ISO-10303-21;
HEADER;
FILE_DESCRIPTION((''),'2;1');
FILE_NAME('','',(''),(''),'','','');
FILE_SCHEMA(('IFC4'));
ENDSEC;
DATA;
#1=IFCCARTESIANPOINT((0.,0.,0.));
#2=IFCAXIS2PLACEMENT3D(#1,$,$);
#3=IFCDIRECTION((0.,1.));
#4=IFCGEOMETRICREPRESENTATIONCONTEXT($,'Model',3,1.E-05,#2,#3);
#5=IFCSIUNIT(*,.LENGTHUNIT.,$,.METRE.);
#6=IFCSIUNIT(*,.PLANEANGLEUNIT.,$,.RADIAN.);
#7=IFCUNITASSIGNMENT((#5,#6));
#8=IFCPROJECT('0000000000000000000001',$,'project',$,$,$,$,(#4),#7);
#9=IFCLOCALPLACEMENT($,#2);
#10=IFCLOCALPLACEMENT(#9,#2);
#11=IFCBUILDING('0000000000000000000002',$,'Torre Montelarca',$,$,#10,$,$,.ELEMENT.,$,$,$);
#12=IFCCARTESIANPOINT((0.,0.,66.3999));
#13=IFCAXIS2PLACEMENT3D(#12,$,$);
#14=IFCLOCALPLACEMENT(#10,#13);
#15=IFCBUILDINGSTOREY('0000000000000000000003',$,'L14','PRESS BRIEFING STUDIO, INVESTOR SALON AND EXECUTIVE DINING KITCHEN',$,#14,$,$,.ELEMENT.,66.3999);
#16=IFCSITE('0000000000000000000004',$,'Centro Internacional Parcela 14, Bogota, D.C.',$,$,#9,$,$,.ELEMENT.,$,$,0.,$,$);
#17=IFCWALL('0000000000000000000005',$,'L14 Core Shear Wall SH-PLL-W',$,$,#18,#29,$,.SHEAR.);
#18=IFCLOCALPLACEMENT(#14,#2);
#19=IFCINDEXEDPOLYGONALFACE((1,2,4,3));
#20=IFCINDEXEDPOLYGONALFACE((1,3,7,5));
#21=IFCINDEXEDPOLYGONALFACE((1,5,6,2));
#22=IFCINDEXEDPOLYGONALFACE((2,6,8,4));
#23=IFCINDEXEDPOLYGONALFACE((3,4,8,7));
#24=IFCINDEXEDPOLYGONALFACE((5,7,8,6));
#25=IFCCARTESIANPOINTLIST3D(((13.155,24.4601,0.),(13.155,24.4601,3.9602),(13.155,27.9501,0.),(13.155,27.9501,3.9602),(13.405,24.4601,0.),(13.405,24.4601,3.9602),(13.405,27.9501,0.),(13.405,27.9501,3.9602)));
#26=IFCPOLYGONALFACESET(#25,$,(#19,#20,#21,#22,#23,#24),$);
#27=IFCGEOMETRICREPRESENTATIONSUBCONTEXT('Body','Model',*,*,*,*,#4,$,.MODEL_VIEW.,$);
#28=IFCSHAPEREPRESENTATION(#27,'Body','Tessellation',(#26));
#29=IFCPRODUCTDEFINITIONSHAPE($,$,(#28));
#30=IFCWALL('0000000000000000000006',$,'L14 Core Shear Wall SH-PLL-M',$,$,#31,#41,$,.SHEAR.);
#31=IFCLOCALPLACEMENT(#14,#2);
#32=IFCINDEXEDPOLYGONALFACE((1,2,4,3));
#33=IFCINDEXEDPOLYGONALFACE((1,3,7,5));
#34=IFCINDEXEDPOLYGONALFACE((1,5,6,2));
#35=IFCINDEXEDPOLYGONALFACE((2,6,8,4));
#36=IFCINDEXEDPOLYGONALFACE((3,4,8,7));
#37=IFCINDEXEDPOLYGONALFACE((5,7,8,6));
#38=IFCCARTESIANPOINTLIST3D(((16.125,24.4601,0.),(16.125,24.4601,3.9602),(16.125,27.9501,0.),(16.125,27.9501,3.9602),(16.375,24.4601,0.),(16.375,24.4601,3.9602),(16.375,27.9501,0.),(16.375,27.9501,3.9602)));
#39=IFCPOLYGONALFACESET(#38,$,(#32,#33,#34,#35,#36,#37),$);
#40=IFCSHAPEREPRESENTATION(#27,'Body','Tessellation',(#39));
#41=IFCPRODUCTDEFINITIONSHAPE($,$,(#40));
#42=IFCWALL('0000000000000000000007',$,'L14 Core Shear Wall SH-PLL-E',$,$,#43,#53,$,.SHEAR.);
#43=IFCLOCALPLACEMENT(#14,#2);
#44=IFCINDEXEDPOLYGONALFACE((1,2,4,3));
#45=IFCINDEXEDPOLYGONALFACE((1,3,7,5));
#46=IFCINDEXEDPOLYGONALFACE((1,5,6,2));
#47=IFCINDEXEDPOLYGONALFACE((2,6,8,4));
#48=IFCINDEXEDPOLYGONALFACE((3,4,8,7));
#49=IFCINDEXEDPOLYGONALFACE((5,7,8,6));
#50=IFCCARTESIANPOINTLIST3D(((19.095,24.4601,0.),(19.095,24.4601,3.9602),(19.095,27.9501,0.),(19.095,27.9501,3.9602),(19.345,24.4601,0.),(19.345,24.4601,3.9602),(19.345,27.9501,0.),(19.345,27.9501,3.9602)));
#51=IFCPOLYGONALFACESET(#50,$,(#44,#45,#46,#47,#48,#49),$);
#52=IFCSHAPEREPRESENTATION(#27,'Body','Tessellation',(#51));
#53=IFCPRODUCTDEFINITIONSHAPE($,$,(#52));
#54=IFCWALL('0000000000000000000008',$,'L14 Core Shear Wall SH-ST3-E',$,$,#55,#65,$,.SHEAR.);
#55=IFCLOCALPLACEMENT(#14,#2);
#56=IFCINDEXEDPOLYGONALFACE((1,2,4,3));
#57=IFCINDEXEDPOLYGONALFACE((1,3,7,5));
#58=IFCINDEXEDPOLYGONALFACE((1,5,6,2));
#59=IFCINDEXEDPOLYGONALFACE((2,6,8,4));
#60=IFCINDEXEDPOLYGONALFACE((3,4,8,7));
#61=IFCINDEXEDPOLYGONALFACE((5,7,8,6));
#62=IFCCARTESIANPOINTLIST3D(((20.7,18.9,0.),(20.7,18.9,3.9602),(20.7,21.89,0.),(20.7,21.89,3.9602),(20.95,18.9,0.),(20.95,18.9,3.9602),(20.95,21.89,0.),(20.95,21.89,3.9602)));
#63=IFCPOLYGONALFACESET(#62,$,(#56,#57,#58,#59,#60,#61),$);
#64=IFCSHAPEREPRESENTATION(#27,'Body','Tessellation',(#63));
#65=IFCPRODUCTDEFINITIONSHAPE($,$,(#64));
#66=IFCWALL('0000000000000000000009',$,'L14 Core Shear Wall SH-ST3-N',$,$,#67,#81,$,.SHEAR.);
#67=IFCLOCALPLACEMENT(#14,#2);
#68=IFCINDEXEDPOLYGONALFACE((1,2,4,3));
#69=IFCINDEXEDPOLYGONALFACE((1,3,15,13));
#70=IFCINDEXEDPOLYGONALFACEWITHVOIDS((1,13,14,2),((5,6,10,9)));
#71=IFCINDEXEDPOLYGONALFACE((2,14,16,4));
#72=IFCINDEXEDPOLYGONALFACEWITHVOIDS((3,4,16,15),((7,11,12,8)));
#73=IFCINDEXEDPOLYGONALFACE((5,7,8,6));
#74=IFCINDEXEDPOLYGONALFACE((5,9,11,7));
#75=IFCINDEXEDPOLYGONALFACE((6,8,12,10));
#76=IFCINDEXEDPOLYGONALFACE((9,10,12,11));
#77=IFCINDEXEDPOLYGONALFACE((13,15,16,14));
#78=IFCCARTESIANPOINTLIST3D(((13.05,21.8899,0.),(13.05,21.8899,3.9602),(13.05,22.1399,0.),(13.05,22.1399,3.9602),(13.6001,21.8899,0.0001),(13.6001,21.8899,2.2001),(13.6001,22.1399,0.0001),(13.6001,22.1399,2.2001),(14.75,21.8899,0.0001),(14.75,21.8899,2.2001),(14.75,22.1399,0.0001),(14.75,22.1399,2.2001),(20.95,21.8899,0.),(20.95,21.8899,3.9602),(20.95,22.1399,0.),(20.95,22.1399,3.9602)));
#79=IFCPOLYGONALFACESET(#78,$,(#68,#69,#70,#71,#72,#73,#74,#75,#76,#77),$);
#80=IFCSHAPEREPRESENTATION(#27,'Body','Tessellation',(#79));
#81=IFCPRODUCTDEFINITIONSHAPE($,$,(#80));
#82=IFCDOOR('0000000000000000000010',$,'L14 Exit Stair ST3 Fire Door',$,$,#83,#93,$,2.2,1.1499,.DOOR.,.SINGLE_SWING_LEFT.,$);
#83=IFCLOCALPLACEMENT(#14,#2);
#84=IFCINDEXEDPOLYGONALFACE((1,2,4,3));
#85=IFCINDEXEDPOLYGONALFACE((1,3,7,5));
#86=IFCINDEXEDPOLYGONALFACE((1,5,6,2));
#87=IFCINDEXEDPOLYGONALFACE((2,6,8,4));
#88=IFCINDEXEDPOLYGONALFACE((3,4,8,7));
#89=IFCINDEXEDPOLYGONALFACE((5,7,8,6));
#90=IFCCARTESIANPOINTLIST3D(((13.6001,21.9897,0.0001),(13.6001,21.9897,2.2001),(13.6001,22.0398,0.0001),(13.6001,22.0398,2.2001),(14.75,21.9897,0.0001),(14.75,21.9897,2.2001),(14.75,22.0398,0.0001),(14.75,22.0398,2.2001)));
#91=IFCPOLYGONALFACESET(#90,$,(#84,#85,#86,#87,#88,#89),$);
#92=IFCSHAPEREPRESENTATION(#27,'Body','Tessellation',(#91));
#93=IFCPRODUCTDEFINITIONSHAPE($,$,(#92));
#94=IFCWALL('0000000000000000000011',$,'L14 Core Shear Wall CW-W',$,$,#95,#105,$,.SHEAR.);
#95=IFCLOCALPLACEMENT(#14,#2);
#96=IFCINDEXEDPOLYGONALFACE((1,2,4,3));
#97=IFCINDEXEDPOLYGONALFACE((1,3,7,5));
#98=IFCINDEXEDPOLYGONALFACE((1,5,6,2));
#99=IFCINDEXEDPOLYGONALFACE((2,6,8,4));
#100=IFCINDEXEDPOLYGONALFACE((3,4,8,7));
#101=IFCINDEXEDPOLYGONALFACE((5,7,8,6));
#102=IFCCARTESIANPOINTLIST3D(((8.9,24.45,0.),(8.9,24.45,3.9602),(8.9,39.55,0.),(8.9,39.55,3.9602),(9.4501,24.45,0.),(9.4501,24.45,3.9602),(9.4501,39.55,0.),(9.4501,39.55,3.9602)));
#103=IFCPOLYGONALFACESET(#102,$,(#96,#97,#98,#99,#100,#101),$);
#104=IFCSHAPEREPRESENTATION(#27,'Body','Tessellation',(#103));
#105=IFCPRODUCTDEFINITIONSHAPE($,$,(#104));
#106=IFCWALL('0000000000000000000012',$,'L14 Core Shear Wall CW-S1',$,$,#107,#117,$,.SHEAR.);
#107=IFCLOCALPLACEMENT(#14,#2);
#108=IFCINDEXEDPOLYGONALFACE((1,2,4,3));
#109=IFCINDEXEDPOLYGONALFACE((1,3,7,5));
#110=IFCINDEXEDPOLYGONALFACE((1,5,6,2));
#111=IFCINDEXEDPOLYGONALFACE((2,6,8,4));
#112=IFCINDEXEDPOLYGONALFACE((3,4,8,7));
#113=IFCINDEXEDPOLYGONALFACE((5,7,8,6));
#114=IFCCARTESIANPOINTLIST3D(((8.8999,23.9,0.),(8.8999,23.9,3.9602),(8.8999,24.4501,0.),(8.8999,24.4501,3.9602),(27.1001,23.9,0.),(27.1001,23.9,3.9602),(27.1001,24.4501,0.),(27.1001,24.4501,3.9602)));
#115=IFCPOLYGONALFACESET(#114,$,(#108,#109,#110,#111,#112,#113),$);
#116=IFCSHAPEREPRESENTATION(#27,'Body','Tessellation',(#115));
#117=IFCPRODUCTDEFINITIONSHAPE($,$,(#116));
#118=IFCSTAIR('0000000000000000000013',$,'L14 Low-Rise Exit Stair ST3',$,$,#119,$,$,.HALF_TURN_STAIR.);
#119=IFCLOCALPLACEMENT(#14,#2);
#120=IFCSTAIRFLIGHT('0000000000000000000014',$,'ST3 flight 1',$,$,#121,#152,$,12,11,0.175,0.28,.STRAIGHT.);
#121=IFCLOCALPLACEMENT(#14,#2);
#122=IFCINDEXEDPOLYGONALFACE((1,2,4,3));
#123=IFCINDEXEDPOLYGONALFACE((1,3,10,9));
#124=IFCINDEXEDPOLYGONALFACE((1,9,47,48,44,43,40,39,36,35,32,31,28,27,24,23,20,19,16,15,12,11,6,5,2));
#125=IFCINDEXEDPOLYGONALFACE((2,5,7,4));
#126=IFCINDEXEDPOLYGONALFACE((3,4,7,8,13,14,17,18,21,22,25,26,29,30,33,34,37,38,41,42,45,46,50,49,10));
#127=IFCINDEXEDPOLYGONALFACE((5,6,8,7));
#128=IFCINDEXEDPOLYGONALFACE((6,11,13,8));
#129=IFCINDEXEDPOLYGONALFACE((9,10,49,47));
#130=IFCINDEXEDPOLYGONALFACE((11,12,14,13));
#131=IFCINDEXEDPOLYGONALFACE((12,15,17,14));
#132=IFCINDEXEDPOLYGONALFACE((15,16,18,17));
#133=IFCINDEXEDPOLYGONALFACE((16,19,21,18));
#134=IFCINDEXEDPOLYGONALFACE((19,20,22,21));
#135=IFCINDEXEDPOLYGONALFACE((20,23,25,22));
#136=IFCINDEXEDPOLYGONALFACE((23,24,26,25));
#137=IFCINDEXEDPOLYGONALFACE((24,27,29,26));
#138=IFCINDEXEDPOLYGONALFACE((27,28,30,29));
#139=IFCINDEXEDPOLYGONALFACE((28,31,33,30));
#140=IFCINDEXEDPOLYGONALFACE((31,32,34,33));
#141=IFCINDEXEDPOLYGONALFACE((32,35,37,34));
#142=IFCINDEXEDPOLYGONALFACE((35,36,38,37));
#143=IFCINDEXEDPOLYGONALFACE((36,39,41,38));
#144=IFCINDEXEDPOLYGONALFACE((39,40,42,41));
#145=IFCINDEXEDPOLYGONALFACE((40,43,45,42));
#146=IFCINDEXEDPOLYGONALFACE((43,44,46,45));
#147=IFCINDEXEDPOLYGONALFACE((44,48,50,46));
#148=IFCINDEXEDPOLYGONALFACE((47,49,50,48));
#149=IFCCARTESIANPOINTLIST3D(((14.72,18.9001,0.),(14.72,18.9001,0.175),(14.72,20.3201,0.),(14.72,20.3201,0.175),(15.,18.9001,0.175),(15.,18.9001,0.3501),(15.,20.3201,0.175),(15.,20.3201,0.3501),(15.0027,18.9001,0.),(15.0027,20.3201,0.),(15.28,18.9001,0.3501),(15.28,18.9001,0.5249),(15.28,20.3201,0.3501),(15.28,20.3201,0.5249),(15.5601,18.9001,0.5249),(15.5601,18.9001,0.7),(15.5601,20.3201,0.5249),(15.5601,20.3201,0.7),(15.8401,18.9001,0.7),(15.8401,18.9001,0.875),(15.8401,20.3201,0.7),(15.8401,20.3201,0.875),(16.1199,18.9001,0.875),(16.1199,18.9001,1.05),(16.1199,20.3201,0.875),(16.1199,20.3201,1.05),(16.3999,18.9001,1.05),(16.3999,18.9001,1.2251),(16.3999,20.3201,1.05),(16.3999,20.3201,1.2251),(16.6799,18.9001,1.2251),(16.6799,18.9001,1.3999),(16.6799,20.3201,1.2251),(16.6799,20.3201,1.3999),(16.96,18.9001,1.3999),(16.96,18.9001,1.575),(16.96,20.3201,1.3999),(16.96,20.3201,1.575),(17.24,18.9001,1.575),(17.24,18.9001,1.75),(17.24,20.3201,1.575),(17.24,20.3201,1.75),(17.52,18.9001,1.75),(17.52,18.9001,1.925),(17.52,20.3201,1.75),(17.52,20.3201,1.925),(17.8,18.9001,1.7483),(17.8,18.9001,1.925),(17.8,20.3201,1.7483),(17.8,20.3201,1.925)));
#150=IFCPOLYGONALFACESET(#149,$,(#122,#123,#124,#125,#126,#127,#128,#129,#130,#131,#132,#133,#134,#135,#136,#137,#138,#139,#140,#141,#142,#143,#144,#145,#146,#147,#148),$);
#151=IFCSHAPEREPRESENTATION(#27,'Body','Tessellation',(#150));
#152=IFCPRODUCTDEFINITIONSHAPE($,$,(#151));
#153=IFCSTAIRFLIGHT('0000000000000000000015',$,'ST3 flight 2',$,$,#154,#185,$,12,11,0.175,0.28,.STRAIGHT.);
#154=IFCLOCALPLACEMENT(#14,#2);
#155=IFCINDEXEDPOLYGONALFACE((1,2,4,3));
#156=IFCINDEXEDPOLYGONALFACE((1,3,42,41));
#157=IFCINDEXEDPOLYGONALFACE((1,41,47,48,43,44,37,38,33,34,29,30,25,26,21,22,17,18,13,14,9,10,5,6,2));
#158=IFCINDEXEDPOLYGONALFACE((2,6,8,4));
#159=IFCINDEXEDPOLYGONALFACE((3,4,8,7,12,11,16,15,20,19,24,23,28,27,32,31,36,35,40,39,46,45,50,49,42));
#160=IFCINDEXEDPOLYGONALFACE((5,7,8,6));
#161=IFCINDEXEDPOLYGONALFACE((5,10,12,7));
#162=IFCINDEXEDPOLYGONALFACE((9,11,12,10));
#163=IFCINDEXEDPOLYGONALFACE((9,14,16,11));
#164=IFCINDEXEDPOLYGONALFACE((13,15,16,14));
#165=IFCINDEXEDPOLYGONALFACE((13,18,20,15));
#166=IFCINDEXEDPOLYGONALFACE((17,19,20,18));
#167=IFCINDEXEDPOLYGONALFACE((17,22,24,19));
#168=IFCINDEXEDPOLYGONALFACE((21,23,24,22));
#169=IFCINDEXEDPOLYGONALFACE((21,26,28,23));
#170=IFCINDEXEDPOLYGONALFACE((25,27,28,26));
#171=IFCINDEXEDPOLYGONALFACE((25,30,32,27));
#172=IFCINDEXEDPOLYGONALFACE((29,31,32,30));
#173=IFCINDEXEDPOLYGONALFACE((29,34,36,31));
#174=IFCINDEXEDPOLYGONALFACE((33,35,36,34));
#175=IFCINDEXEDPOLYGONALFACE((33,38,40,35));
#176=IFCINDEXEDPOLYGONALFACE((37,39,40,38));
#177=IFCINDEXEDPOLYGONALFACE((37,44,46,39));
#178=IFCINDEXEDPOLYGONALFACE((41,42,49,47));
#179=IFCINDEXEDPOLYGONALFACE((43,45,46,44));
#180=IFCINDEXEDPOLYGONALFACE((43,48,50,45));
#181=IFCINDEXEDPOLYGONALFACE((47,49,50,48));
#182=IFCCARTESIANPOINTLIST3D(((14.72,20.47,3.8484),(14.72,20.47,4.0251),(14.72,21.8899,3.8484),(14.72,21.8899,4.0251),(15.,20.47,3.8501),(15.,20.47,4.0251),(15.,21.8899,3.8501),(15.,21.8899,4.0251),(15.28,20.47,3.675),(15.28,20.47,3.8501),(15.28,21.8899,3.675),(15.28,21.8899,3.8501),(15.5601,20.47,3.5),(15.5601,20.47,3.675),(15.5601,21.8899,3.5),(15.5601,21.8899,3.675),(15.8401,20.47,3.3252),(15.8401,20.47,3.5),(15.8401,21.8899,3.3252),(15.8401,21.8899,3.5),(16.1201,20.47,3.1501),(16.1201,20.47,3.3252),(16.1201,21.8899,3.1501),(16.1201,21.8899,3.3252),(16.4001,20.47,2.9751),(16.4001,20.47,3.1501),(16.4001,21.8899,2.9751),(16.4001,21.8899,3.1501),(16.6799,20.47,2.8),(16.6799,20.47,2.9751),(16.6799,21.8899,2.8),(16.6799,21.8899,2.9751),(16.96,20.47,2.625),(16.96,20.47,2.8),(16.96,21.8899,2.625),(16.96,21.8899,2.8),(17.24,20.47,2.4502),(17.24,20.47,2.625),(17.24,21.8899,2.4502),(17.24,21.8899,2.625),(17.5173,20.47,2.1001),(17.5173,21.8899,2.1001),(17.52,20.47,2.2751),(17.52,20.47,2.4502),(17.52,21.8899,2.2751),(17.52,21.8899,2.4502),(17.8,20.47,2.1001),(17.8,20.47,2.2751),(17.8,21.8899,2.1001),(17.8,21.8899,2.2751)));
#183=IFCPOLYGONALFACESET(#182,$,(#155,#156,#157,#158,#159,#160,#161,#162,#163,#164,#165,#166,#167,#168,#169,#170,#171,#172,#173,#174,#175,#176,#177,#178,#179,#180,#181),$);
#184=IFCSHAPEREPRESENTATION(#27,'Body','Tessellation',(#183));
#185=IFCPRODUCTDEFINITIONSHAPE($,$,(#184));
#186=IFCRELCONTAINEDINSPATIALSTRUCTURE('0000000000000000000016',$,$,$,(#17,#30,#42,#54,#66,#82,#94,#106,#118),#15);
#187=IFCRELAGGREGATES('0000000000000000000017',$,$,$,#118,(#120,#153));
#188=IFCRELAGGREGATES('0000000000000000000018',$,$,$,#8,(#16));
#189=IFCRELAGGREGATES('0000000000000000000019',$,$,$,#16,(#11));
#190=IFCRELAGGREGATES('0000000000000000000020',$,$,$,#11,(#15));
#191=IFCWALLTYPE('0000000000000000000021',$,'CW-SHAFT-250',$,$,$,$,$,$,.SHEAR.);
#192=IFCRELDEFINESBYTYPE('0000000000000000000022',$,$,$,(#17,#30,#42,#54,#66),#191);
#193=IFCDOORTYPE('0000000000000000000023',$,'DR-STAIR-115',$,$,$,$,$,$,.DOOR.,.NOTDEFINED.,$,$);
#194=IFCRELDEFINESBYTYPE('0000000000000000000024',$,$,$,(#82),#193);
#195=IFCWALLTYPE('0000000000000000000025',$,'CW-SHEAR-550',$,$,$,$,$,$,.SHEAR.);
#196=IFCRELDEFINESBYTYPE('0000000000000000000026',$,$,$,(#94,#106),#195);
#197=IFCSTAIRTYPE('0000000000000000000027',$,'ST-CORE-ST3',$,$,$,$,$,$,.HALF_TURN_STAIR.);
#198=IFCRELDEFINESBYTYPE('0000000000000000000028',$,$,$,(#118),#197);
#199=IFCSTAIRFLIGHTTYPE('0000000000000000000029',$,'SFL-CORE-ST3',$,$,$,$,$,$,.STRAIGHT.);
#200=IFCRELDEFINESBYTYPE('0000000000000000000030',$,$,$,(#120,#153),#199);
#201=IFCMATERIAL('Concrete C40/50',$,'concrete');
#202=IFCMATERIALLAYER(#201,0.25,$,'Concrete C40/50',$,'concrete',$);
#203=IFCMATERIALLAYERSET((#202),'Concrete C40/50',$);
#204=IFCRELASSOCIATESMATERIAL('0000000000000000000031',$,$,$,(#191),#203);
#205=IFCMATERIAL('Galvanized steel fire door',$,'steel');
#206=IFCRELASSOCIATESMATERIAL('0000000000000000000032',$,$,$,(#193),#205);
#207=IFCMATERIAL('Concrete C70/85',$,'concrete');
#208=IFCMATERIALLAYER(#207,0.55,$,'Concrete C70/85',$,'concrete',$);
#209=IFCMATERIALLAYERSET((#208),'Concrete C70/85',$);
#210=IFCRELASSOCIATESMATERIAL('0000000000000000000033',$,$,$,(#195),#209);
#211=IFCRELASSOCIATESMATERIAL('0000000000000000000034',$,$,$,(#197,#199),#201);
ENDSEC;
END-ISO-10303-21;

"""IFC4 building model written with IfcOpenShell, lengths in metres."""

from ifc_helpers import new_model, si_unit, direction, frame, frame_2d, origin, place, context, subcontext, project, spatial, polyline, rectangle, outline, extrude, source, transform, mapped, material, layer, layer_set, type_object, element, fill, aggregate, save


model = new_model("IFC4")

# Units and contexts
model_context = context("Model", 3, precision=1e-05, world=origin(), true_north=direction((0.0, 1.0)))
body_context = subcontext(model_context, "Body", "Model", "MODEL_VIEW")
ifc_project = project(units=[si_unit("LENGTHUNIT", "METRE"), si_unit("PLANEANGLEUNIT", "RADIAN")], contexts=[model_context])

# Site, building, storey
site_placement = place(None, origin())
site = spatial("IfcSite", under=ifc_project, at=site_placement, Name="Centro Internacional Parcela 14, Bogota, D.C.", CompositionType="ELEMENT", RefElevation=0.0)
building_placement = place(site_placement, origin())
building = spatial("IfcBuilding", under=site, at=building_placement, Name="Torre Montelarca", CompositionType="ELEMENT")
storey_placement = place(building_placement, frame((0.0, 0.0, 66.3999)))
storey = spatial("IfcBuildingStorey", under=building, at=storey_placement, Name="L14", Description="PRESS BRIEFING STUDIO, INVESTOR SALON AND EXECUTIVE DINING KITCHEN", CompositionType="ELEMENT", Elevation=66.3999)

# Shared definitions
ifc_material_1 = material(Name="Concrete C70/85", Category="concrete")

# Shared definitions
ifc_material_2 = material(Name="Concrete C40/50", Category="concrete")
ifc_layer_1 = layer(ifc_material_2, 0.25, Name="Concrete C40/50", Category="concrete")
ifc_layer_set_1 = layer_set([ifc_layer_1], Name="Concrete C40/50")
wall_type_1 = type_object("IfcWallType", Name="CW-SHAFT-250", PredefinedType="SHEAR", material=ifc_layer_set_1)
ifc_material_3 = material(Name="Galvanized steel fire door", Category="steel")
door_type = type_object("IfcDoorType", Name="DR-STAIR-115", OperationType="NOTDEFINED", PredefinedType="DOOR", material=ifc_material_3)
shared_shape_1 = source(origin(), body_context, "Body", "SweptSolid", [
    extrude(rectangle(XDim=1.1499, YDim=2.2, at=frame_2d((0.575, 1.1001))), frame((0.0, 0.0249, 0.0), z_axis=(0.0, -1.0, 0.0), x_axis=(1.0, 0.0, 0.0)), (0.0, 0.0, 1.0), 0.05),
])

# Walls
for number, where, z_axis, x_axis, name in (
    (1, (13.28, 24.46, 0.0), (0.0, 0.0, 1.0), (0.0, 1.0, 0.0), "L14 Core Shear Wall SH-PLL-W"),
    (2, (16.25, 24.46, 0.0), (0.0, 0.0, 1.0), (0.0, 1.0, 0.0), "L14 Core Shear Wall SH-PLL-M"),
    (3, (19.22, 24.46, 0.0), (0.0, 0.0, 1.0), (0.0, 1.0, 0.0), "L14 Core Shear Wall SH-PLL-E"),
):
    element("IfcWall", number, at=place(storey_placement, frame(where, z_axis=z_axis, x_axis=x_axis)), inside=storey, type_object=wall_type_1, Name=name, PredefinedType="SHEAR", context=body_context, shape_type="SweptSolid", body=[
        extrude(rectangle(XDim=3.49, YDim=0.25, at=frame_2d((1.7451, 0.0))), origin(), (0.0, 0.0, 1.0), 3.9602),
    ])
wall_1_placement = place(storey_placement, frame((20.825, 18.8999, 0.0), z_axis=(0.0, 0.0, 1.0), x_axis=(0.0, 1.0, 0.0)))
element("IfcWall", 4, at=wall_1_placement, inside=storey, type_object=wall_type_1, Name="L14 Core Shear Wall SH-ST3-E", PredefinedType="SHEAR", context=body_context, shape_type="SweptSolid", body=[
    extrude(rectangle(XDim=2.99, YDim=0.25, at=frame_2d((1.4951, 0.0))), origin(), (0.0, 0.0, 1.0), 3.9602),
])

# Wall, opening, door
wall_2_placement = place(storey_placement, frame((13.05, 22.0149, 0.0), z_axis=(0.0, 0.0, 1.0), x_axis=(1.0, 0.0, 0.0)))
wall_2 = element("IfcWall", 5, at=wall_2_placement, inside=storey, type_object=wall_type_1, Name="L14 Core Shear Wall SH-ST3-N", PredefinedType="SHEAR", context=body_context, shape_type="SweptSolid", body=[
    extrude(rectangle(XDim=7.8999, YDim=0.25, at=frame_2d((3.95, 0.0))), origin(), (0.0, 0.0, 1.0), 3.9602),
])
opening_1_placement = place(wall_2_placement, frame((0.55, 0.0, 0.0)))
opening_1 = element("IfcOpeningElement", 6, at=opening_1_placement, cuts=wall_2, PredefinedType="OPENING", context=body_context, shape_type="SweptSolid", body=[
    extrude(rectangle(XDim=1.1499, YDim=2.2, at=frame_2d((0.575, 1.1001))), frame((0.0, 0.135, 0.0), z_axis=(0.0, -1.0, 0.0), x_axis=(1.0, 0.0, 0.0)), (0.0, 0.0, 1.0), 0.27),
])
door_1_placement = place(opening_1_placement, origin())
door_1 = element("IfcDoor", 7, at=door_1_placement, inside=storey, type_object=door_type, Name="L14 Exit Stair ST3 Fire Door", OperationType="SINGLE_SWING_LEFT", OverallHeight=2.2, OverallWidth=1.1499, PredefinedType="DOOR", context=body_context, shape_type="MappedRepresentation", body=[
    mapped(shared_shape_1, transform((0.0, 0.0, 0.0), scale=1.0)),
])
fill(opening_1, door_1)

# Walls
ifc_layer_2 = layer(ifc_material_1, 0.55, Name="Concrete C70/85", Category="concrete")
ifc_layer_set_2 = layer_set([ifc_layer_2], Name="Concrete C70/85")
wall_type_2 = type_object("IfcWallType", Name="CW-SHEAR-550", PredefinedType="SHEAR", material=ifc_layer_set_2)
wall_3_placement = place(storey_placement, frame((9.175, 24.45, 0.0), z_axis=(0.0, 0.0, 1.0), x_axis=(0.0, 1.0, 0.0)))
element("IfcWall", 8, at=wall_3_placement, inside=storey, type_object=wall_type_2, Name="L14 Core Shear Wall CW-W", PredefinedType="SHEAR", context=body_context, shape_type="SweptSolid", body=[
    extrude(rectangle(XDim=15.1001, YDim=0.55, at=frame_2d((7.55, 0.0))), origin(), (0.0, 0.0, 1.0), 3.9602),
])
wall_4_placement = place(storey_placement, frame((8.8999, 24.175, 0.0), z_axis=(0.0, 0.0, 1.0), x_axis=(1.0, 0.0, 0.0)))
element("IfcWall", 9, at=wall_4_placement, inside=storey, type_object=wall_type_2, Name="L14 Core Shear Wall CW-S1", PredefinedType="SHEAR", context=body_context, shape_type="SweptSolid", body=[
    extrude(rectangle(XDim=18.2002, YDim=0.55, at=frame_2d((9.1001, 0.0))), origin(), (0.0, 0.0, 1.0), 3.9602),
])

# Stair, stair flights
stair_type = type_object("IfcStairType", Name="ST-CORE-ST3", PredefinedType="HALF_TURN_STAIR", material=ifc_material_2)
stair_placement = place(storey_placement, origin())
stair = element("IfcStair", 10, at=stair_placement, inside=storey, type_object=stair_type, Name="L14 Low-Rise Exit Stair ST3", PredefinedType="HALF_TURN_STAIR")
stair_flight_type = type_object("IfcStairFlightType", Name="SFL-CORE-ST3", PredefinedType="STRAIGHT", material=ifc_material_2)
stair_flight_1_placement = place(storey_placement, frame((14.72, 19.6101, 0.0), z_axis=(0.0, 0.0, 1.0), x_axis=(1.0, 0.0, 0.0)))
stair_flight_1 = element("IfcStairFlight", 11, at=stair_flight_1_placement, type_object=stair_flight_type, Name="ST3 flight 1", NumberOfRisers=12, NumberOfTreads=11, PredefinedType="STRAIGHT", RiserHeight=0.175, TreadLength=0.28, context=body_context, shape_type="SweptSolid", body=[
    extrude(outline(polyline([(0.0, 0.0), (0.0, 0.175), (0.28, 0.175), (0.28, 0.3501), (0.5601, 0.3501), (0.5601, 0.5249), (0.8401, 0.5249), (0.8401, 0.7), (1.1201, 0.7), (1.1201, 0.875), (1.3999, 0.875), (1.3999, 1.05), (1.6799, 1.05), (1.6799, 1.2251), (1.96, 1.2251), (1.96, 1.3999), (2.24, 1.3999), (2.24, 1.575), (2.52, 1.575), (2.52, 1.75), (2.8, 1.75), (2.8, 1.925), (3.0801, 1.925), (3.0801, 2.1001), (3.0801, 1.7483), (0.2827, 0.0), (0.0, 0.0)])), frame((0.0, 0.71, 0.0), z_axis=(0.0, -1.0, 0.0), x_axis=(1.0, 0.0, 0.0)), (0.0, 0.0, 1.0), 1.4199),
])
stair_flight_2_placement = place(storey_placement, frame((17.8, 21.1799, 2.1001), z_axis=(0.0, 0.0, 1.0), x_axis=(-1.0, 0.0, 0.0)))
stair_flight_2 = element("IfcStairFlight", 12, at=stair_flight_2_placement, type_object=stair_flight_type, Name="ST3 flight 2", NumberOfRisers=12, NumberOfTreads=11, PredefinedType="STRAIGHT", RiserHeight=0.175, TreadLength=0.28, context=body_context, shape_type="SweptSolid", body=[
    extrude(outline(polyline([(0.0, 0.0), (0.0, 0.175), (0.28, 0.175), (0.28, 0.3501), (0.5601, 0.3501), (0.5601, 0.5249), (0.8401, 0.5249), (0.8401, 0.7), (1.1201, 0.7), (1.1201, 0.875), (1.3999, 0.875), (1.3999, 1.05), (1.6799, 1.05), (1.6799, 1.2251), (1.96, 1.2251), (1.96, 1.3999), (2.24, 1.3999), (2.24, 1.575), (2.52, 1.575), (2.52, 1.75), (2.8, 1.75), (2.8, 1.925), (3.0801, 1.925), (3.0801, 2.1001), (3.0801, 1.7483), (0.2827, 0.0), (0.0, 0.0)])), frame((0.0, 0.71, 0.0), z_axis=(0.0, -1.0, 0.0), x_axis=(1.0, 0.0, 0.0)), (0.0, 0.0, 1.0), 1.4199),
])
aggregate(stair, [stair_flight_1, stair_flight_2])

save(model, "model.ifc")
